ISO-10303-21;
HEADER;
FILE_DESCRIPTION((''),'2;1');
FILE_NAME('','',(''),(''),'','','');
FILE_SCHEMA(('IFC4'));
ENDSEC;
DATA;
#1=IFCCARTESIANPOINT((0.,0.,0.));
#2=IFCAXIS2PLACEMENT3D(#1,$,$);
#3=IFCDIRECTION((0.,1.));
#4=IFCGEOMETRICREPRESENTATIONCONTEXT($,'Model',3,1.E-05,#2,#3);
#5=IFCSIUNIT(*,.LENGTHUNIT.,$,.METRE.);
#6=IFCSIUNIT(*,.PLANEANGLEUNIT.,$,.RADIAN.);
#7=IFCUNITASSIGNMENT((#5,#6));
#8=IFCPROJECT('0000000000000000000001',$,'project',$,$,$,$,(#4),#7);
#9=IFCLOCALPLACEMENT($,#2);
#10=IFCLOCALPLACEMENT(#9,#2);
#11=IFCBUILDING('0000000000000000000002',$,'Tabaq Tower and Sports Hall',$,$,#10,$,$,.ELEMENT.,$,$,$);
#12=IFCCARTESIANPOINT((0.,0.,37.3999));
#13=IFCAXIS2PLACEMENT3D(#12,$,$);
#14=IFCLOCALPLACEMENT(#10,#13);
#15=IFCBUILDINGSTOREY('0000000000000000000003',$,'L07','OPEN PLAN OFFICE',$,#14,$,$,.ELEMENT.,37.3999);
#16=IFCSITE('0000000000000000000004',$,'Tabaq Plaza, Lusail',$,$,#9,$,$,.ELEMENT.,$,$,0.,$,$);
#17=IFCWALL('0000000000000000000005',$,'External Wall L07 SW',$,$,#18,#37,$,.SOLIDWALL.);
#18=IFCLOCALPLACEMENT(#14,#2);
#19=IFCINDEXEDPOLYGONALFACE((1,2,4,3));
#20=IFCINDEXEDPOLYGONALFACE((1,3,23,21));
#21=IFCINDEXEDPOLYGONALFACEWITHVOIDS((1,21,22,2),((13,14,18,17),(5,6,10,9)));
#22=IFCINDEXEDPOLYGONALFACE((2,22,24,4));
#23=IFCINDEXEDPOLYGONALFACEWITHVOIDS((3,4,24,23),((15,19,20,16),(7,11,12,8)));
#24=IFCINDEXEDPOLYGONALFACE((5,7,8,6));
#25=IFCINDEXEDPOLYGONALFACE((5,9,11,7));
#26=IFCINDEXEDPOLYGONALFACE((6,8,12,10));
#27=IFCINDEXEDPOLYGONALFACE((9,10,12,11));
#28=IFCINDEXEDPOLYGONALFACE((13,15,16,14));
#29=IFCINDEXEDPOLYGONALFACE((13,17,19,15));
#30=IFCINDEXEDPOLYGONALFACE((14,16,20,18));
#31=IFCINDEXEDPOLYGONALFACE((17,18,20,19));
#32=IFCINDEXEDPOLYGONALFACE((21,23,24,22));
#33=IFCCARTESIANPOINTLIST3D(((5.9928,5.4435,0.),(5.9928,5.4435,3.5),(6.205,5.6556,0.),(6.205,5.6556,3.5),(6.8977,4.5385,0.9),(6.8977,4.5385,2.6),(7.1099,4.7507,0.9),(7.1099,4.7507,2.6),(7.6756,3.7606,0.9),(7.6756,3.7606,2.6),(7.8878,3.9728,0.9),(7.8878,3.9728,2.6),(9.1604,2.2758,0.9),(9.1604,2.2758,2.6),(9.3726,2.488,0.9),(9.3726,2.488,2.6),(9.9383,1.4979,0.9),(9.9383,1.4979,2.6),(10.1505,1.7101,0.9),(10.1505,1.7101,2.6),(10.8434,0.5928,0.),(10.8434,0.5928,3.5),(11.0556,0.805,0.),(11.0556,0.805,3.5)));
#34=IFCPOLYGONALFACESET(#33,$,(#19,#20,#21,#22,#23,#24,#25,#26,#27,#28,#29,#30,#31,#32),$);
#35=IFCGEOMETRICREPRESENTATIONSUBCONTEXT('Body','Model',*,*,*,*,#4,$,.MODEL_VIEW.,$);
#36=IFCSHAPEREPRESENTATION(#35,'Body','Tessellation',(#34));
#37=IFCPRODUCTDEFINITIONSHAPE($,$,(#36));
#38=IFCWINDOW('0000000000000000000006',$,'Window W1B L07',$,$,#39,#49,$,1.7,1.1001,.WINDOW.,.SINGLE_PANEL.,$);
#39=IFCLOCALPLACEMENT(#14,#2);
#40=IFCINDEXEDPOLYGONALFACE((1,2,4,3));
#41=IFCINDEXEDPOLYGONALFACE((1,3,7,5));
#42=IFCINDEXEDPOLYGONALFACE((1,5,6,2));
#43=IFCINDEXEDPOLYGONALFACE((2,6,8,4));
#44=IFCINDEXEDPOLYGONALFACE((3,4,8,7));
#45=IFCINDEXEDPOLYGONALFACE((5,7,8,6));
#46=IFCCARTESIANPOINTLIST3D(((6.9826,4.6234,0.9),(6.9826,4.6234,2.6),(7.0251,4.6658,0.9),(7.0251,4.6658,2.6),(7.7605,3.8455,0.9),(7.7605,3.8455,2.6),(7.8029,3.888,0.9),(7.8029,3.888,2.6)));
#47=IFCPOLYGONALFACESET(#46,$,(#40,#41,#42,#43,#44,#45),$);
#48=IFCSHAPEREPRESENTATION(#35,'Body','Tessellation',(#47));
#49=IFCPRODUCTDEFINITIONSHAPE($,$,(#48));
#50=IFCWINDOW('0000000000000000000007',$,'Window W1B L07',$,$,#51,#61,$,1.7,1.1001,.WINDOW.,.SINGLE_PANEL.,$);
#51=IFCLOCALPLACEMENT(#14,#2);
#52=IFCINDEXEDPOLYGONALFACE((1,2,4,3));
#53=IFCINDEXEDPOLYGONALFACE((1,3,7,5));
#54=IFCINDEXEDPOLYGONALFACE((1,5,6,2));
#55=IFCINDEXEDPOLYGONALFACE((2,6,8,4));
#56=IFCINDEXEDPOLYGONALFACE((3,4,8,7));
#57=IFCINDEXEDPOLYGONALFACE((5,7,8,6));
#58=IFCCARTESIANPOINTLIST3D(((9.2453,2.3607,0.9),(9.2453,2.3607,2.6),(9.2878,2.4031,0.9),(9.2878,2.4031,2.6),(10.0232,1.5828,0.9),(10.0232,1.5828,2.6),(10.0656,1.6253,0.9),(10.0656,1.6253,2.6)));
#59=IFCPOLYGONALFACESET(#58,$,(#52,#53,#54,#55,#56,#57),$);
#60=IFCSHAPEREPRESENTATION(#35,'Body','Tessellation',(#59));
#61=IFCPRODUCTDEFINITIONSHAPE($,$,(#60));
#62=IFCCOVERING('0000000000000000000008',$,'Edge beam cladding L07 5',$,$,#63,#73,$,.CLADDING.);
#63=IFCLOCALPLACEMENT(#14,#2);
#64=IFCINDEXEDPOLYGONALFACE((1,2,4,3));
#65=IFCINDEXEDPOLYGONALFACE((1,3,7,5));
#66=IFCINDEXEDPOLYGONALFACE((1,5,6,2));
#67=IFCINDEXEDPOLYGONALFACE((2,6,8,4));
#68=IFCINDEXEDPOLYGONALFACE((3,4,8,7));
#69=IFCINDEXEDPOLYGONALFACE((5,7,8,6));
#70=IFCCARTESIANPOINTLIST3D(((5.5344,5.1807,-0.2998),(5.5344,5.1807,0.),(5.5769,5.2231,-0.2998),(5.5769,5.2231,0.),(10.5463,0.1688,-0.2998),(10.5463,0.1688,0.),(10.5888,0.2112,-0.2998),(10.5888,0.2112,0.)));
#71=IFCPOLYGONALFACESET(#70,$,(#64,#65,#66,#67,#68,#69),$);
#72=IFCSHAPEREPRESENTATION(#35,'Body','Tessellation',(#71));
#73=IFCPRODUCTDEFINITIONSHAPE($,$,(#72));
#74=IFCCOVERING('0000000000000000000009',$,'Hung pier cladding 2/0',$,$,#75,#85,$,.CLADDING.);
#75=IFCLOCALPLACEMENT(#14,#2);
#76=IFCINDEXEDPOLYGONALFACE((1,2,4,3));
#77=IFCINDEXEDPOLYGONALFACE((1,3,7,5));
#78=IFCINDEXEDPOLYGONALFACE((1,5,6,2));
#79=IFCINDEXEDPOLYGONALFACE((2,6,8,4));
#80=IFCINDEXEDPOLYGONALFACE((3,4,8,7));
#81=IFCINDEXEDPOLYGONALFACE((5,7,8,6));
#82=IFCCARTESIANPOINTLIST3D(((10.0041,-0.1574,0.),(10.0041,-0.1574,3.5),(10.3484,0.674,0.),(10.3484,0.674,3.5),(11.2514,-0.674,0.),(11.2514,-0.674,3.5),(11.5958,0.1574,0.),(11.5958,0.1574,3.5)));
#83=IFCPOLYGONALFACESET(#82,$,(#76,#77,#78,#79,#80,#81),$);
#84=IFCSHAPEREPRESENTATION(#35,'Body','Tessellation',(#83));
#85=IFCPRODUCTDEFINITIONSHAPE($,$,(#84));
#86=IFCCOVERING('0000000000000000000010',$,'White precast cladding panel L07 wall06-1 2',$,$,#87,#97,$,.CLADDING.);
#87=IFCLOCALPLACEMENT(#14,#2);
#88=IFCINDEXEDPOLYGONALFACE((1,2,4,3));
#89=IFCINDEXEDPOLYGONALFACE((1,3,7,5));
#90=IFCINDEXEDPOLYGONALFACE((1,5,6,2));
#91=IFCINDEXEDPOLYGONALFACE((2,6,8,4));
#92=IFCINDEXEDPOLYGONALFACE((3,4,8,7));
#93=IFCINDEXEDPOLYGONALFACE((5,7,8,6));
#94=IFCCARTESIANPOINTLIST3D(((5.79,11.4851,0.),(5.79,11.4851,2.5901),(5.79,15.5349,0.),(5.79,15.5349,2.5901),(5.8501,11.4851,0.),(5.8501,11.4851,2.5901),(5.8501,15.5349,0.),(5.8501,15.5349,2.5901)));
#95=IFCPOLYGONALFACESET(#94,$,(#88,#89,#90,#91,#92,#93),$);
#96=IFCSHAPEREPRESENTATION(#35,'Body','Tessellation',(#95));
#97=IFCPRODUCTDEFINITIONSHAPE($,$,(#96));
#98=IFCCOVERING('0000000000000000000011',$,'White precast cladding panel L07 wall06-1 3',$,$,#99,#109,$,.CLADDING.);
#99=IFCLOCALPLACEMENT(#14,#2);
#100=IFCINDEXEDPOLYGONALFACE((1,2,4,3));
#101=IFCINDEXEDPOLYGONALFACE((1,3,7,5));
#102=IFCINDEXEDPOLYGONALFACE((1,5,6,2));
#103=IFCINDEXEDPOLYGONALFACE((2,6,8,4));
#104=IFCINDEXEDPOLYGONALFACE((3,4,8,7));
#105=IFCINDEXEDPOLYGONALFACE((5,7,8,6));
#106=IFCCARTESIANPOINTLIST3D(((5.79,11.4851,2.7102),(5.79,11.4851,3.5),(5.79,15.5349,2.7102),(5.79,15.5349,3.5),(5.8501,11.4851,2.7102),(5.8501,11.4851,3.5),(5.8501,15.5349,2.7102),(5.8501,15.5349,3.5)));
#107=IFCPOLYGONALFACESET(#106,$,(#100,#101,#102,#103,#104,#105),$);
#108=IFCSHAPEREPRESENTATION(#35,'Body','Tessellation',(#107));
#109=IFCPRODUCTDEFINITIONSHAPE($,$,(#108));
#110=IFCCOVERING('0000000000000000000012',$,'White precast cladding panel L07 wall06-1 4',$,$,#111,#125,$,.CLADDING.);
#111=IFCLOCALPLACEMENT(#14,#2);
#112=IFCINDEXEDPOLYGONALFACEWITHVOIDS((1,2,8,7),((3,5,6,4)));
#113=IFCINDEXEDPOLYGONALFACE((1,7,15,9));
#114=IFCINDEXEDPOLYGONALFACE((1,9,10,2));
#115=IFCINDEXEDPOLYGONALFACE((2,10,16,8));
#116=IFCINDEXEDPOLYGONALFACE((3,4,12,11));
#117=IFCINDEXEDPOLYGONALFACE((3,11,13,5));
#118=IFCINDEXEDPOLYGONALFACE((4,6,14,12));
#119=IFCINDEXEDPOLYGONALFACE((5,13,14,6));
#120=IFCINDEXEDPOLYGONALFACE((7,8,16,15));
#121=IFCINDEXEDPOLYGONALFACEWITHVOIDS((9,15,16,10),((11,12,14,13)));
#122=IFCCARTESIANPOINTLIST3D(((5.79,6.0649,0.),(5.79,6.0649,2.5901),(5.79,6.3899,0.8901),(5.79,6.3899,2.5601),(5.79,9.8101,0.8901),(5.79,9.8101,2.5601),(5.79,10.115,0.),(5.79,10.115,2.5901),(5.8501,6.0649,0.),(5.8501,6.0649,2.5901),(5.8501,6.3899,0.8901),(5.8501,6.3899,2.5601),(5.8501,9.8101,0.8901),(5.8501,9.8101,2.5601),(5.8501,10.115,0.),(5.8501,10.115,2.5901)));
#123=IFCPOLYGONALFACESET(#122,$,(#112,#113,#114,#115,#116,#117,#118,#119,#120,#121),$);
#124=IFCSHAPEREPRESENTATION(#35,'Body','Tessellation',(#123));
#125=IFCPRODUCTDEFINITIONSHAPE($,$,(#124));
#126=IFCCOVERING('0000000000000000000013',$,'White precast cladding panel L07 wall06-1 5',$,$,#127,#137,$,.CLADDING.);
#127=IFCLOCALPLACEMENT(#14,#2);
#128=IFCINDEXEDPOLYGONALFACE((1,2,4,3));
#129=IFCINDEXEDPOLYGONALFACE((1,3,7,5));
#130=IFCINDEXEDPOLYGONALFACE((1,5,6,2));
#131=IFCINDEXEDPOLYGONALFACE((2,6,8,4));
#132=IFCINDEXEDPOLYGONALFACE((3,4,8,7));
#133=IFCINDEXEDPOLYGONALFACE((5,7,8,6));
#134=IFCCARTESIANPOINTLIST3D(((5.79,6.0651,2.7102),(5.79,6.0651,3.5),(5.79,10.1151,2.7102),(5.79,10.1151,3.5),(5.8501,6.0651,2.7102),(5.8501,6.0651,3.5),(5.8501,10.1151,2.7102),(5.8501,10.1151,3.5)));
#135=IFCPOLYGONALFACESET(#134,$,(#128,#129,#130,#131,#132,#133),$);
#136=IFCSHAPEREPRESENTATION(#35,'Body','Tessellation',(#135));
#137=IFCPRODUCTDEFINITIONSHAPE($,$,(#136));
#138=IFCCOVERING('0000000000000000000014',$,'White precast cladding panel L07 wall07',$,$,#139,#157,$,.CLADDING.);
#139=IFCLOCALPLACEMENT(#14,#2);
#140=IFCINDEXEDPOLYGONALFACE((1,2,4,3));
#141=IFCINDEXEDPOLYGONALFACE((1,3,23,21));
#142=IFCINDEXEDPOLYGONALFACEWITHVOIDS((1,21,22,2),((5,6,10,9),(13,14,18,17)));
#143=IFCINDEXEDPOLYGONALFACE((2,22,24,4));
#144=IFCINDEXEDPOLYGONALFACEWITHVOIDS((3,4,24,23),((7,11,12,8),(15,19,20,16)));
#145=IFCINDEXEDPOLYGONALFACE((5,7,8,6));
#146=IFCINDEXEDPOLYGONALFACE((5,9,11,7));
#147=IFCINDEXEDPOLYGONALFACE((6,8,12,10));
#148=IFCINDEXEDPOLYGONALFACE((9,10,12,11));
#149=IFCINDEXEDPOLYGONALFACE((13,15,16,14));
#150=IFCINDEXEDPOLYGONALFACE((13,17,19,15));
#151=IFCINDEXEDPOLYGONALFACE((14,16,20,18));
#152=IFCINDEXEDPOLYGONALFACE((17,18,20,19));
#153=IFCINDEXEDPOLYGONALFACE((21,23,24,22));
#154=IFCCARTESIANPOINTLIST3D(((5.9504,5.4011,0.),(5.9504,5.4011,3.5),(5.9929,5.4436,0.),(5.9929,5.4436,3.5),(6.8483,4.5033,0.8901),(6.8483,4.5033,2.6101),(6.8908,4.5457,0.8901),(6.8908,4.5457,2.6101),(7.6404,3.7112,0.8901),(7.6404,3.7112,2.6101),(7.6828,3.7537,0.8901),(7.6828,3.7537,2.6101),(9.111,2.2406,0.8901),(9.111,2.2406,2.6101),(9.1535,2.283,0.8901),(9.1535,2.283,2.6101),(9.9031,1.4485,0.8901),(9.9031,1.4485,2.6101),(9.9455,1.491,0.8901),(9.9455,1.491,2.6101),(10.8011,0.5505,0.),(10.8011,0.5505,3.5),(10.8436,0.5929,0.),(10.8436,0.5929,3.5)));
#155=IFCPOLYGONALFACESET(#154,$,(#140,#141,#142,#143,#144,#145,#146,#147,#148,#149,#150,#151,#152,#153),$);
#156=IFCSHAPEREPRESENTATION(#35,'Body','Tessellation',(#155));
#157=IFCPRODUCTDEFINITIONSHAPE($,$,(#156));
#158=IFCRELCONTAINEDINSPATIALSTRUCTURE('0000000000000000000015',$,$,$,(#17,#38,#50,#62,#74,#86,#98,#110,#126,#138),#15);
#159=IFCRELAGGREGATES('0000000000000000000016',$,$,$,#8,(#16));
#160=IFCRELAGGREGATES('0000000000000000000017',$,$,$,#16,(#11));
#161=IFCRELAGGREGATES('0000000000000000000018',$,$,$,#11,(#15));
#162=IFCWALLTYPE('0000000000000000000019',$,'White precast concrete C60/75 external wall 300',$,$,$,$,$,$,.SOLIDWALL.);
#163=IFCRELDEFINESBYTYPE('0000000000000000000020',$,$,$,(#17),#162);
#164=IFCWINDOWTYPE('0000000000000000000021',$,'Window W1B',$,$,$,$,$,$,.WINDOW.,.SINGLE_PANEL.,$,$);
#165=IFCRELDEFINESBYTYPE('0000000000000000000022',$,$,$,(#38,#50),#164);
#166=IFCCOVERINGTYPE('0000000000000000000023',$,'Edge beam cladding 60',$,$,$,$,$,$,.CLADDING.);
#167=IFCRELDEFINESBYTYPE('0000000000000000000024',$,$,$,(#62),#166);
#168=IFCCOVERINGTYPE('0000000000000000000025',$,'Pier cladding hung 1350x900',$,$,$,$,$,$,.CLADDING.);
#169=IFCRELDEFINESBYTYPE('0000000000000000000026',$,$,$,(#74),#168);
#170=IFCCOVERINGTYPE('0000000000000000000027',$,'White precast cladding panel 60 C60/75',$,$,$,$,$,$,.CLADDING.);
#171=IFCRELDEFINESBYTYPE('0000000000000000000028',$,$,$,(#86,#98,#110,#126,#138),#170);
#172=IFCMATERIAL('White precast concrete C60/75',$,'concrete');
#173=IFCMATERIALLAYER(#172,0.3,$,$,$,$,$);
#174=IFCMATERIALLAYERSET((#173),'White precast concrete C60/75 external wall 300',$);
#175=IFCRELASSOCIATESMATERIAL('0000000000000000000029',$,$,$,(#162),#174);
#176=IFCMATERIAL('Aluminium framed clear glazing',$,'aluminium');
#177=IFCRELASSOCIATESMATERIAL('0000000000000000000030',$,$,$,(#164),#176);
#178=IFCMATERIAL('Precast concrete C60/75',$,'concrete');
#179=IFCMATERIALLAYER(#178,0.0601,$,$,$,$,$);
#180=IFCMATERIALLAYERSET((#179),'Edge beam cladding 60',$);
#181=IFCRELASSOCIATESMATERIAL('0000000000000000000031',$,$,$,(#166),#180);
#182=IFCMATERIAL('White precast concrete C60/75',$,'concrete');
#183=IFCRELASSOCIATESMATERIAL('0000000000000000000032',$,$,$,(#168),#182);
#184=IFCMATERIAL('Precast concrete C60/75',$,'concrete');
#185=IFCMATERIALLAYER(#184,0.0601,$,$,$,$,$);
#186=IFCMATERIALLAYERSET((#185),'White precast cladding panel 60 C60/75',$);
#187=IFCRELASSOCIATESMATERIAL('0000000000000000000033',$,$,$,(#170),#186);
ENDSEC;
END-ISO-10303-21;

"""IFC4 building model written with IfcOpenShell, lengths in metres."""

from ifc_helpers import new_model, si_unit, direction, frame, frame_2d, origin, place, context, subcontext, project, spatial, polyline, rectangle, outline, extrude, material, layer, layer_set, type_object, element, fill, save


model = new_model("IFC4")

# Units and contexts
model_context = context("Model", 3, precision=1e-05, world=origin(), true_north=direction((0.0, 1.0)))
body_context = subcontext(model_context, "Body", "Model", "MODEL_VIEW")
ifc_project = project(units=[si_unit("LENGTHUNIT", "METRE"), si_unit("PLANEANGLEUNIT", "RADIAN")], contexts=[model_context])

# Site, building, storey
site_placement = place(None, origin())
site = spatial("IfcSite", under=ifc_project, at=site_placement, Name="Tabaq Plaza, Lusail", CompositionType="ELEMENT", RefElevation=0.0)
building_placement = place(site_placement, origin())
building = spatial("IfcBuilding", under=site, at=building_placement, Name="Tabaq Tower and Sports Hall", CompositionType="ELEMENT")
storey_placement = place(building_placement, frame((0.0, 0.0, 37.3999)))
storey = spatial("IfcBuildingStorey", under=building, at=storey_placement, Name="L07", Description="OPEN PLAN OFFICE", CompositionType="ELEMENT", Elevation=37.3999)

# Shared definitions
ifc_material_1 = material(Name="White precast concrete C60/75", Category="concrete")
ifc_layer_1 = layer(ifc_material_1, 0.3)
ifc_layer_set_1 = layer_set([ifc_layer_1], Name="White precast concrete C60/75 external wall 300")
wall_type_1 = type_object("IfcWallType", Name="White precast concrete C60/75 external wall 300", PredefinedType="SOLIDWALL", material=ifc_layer_set_1)

# Wall, openings, windows
wall_1_placement = place(storey_placement, frame((6.0989, 5.5496, 0.0), z_axis=(0.0, 0.0, 1.0), x_axis=(0.707107, -0.707107, 0.0)))
wall_1 = element("IfcWall", 1, at=wall_1_placement, inside=storey, type_object=wall_type_1, Name="External Wall L07 SW", PredefinedType="SOLIDWALL", context=body_context, shape_type="SweptSolid", body=[
    extrude(rectangle(XDim=6.8599, YDim=0.3, at=frame_2d((3.4299, 0.0))), origin(), (0.0, 0.0, 1.0), 3.5),
])
opening_1_placement = place(wall_1_placement, frame((1.2798, 0.0, 0.8999)))
opening_1 = element("IfcOpeningElement", 2, at=opening_1_placement, cuts=wall_1, PredefinedType="OPENING", context=body_context, shape_type="SweptSolid", body=[
    extrude(rectangle(XDim=1.1001, YDim=1.7, at=frame_2d((0.55, 0.8501))), frame((0.0, 0.1602, 0.0), z_axis=(0.0, -1.0, 0.0), x_axis=(1.0, 0.0, 0.0)), (0.0, 0.0, 1.0), 0.3201),
])
opening_2_placement = place(wall_1_placement, frame((4.4797, 0.0, 0.8999)))
opening_2 = element("IfcOpeningElement", 3, at=opening_2_placement, cuts=wall_1, PredefinedType="OPENING", context=body_context, shape_type="SweptSolid", body=[
    extrude(rectangle(XDim=1.1001, YDim=1.7, at=frame_2d((0.55, 0.8501))), frame((0.0, 0.1602, 0.0), z_axis=(0.0, -1.0, 0.0), x_axis=(1.0, 0.0, 0.0)), (0.0, 0.0, 1.0), 0.3201),
])
ifc_material_2 = material(Name="Aluminium framed clear glazing", Category="aluminium")
window_type_1 = type_object("IfcWindowType", Name="Window W1B", PartitioningType="SINGLE_PANEL", PredefinedType="WINDOW", material=ifc_material_2)
window_1_placement = place(opening_1_placement, origin())
window_1 = element("IfcWindow", 4, at=window_1_placement, inside=storey, type_object=window_type_1, Name="Window W1B L07", OverallHeight=1.7, OverallWidth=1.1001, PartitioningType="SINGLE_PANEL", PredefinedType="WINDOW", context=body_context, shape_type="SweptSolid", body=[
    extrude(rectangle(XDim=1.1001, YDim=1.7, at=frame_2d((0.55, 0.8501))), frame((0.0, 0.03, 0.0), z_axis=(0.0, -1.0, 0.0), x_axis=(1.0, 0.0, 0.0)), (0.0, 0.0, 1.0), 0.0601),
])
fill(opening_1, window_1)
window_2_placement = place(opening_2_placement, origin())
window_2 = element("IfcWindow", 5, at=window_2_placement, inside=storey, type_object=window_type_1, Name="Window W1B L07", OverallHeight=1.7, OverallWidth=1.1001, PartitioningType="SINGLE_PANEL", PredefinedType="WINDOW", context=body_context, shape_type="SweptSolid", body=[
    extrude(rectangle(XDim=1.1001, YDim=1.7, at=frame_2d((0.55, 0.8501))), frame((0.0, 0.03, 0.0), z_axis=(0.0, -1.0, 0.0), x_axis=(1.0, 0.0, 0.0)), (0.0, 0.0, 1.0), 0.0601),
])
fill(opening_2, window_2)

# Coverings
ifc_material_3 = material(Name="Precast concrete C60/75", Category="concrete")
ifc_layer_2 = layer(ifc_material_3, 0.0601)
ifc_layer_set_2 = layer_set([ifc_layer_2], Name="Edge beam cladding 60")
covering_type_1 = type_object("IfcCoveringType", Name="Edge beam cladding 60", PredefinedType="CLADDING", material=ifc_layer_set_2)
covering_1_placement = place(storey_placement, frame((5.5557, 5.2019, -0.2998), z_axis=(0.0, 0.0, 1.0), x_axis=(0.707107, -0.707107, 0.0)))
element("IfcCovering", 6, at=covering_1_placement, inside=storey, type_object=covering_type_1, Name="Edge beam cladding L07 5", PredefinedType="CLADDING", context=body_context, shape_type="SweptSolid", body=[
    extrude(rectangle(XDim=7.0879, YDim=0.0601, at=frame_2d((3.5439, 0.0))), origin(), (0.0, 0.0, 1.0), 0.2998),
])
ifc_material_4 = material(Name="White precast concrete C60/75", Category="concrete")
covering_type_2 = type_object("IfcCoveringType", Name="Pier cladding hung 1350x900", PredefinedType="CLADDING", material=ifc_material_4)
covering_2_placement = place(storey_placement, frame((10.1763, 0.2583, 0.0), z_axis=(0.0, 0.0, 1.0), x_axis=(0.923893, -0.38265, 0.0)))
element("IfcCovering", 7, at=covering_2_placement, inside=storey, type_object=covering_type_2, Name="Hung pier cladding 2/0", PredefinedType="CLADDING", context=body_context, shape_type="SweptSolid", body=[
    extrude(rectangle(XDim=1.3501, YDim=0.8999, at=frame_2d((0.675, 0.0))), origin(), (0.0, 0.0, 1.0), 3.5),
])
ifc_material_5 = material(Name="Precast concrete C60/75", Category="concrete")
ifc_layer_3 = layer(ifc_material_5, 0.0601)
ifc_layer_set_3 = layer_set([ifc_layer_3], Name="White precast cladding panel 60 C60/75")
covering_type_3 = type_object("IfcCoveringType", Name="White precast cladding panel 60 C60/75", PredefinedType="CLADDING", material=ifc_layer_set_3)
covering_3_placement = place(storey_placement, frame((5.8201, 15.5349, 0.0), z_axis=(0.0, 0.0, 1.0), x_axis=(0.0, -1.0, 0.0)))
element("IfcCovering", 8, at=covering_3_placement, inside=storey, type_object=covering_type_3, Name="White precast cladding panel L07 wall06-1 2", PredefinedType="CLADDING", context=body_context, shape_type="SweptSolid", body=[
    extrude(rectangle(XDim=4.0498, YDim=0.0601, at=frame_2d((2.0249, 0.0))), origin(), (0.0, 0.0, 1.0), 2.5901),
])
covering_4_placement = place(storey_placement, frame((5.8201, 15.5349, 2.7102), z_axis=(0.0, 0.0, 1.0), x_axis=(0.0, -1.0, 0.0)))
element("IfcCovering", 9, at=covering_4_placement, inside=storey, type_object=covering_type_3, Name="White precast cladding panel L07 wall06-1 3", PredefinedType="CLADDING", context=body_context, shape_type="SweptSolid", body=[
    extrude(rectangle(XDim=4.0498, YDim=0.0601, at=frame_2d((2.0249, 0.0))), origin(), (0.0, 0.0, 1.0), 0.7898),
])
covering_5_placement = place(storey_placement, frame((5.8201, 10.115, 0.0), z_axis=(0.0, 0.0, 1.0), x_axis=(0.0, -1.0, 0.0)))
element("IfcCovering", 10, at=covering_5_placement, inside=storey, type_object=covering_type_3, Name="White precast cladding panel L07 wall06-1 4", PredefinedType="CLADDING", context=body_context, shape_type="SweptSolid", body=[
    extrude(outline(polyline([(0.0, 0.0), (4.05, 0.0), (4.05, 2.5901), (0.0, 2.5901), (0.0, 0.0)]), holes=[polyline([(3.7251, 0.8901), (0.3049, 0.8901), (0.3049, 2.5601), (3.7251, 2.5601), (3.7251, 0.8901)])]), frame((0.0, 0.03, 0.0), z_axis=(0.0, -1.0, 0.0), x_axis=(1.0, 0.0, 0.0)), (0.0, 0.0, 1.0), 0.0601),
])
covering_6_placement = place(storey_placement, frame((5.8201, 10.115, 2.7102), z_axis=(0.0, 0.0, 1.0), x_axis=(0.0, -1.0, 0.0)))
element("IfcCovering", 11, at=covering_6_placement, inside=storey, type_object=covering_type_3, Name="White precast cladding panel L07 wall06-1 5", PredefinedType="CLADDING", context=body_context, shape_type="SweptSolid", body=[
    extrude(rectangle(XDim=4.05, YDim=0.0601, at=frame_2d((2.0249, 0.0))), origin(), (0.0, 0.0, 1.0), 0.7898),
])
covering_7_placement = place(storey_placement, frame((5.9717, 5.4224, 0.0), z_axis=(0.0, 0.0, 1.0), x_axis=(0.707107, -0.707107, 0.0)))
element("IfcCovering", 12, at=covering_7_placement, inside=storey, type_object=covering_type_3, Name="White precast cladding panel L07 wall07", PredefinedType="CLADDING", context=body_context, shape_type="SweptSolid", body=[
    extrude(outline(polyline([(0.0, 0.0), (6.8599, 0.0), (6.8599, 3.5), (0.0, 3.5), (0.0, 0.0)]), holes=[polyline([(1.2698, 2.6101), (2.3899, 2.6101), (2.3899, 0.8901), (1.2698, 0.8901), (1.2698, 2.6101)]), polyline([(4.4697, 2.6101), (5.5898, 2.6101), (5.5898, 0.8901), (4.4697, 0.8901), (4.4697, 2.6101)])]), frame((0.0, 0.03, 0.0), z_axis=(0.0, -1.0, 0.0), x_axis=(1.0, 0.0, 0.0)), (0.0, 0.0, 1.0), 0.0601),
])

save(model, "model.ifc")
